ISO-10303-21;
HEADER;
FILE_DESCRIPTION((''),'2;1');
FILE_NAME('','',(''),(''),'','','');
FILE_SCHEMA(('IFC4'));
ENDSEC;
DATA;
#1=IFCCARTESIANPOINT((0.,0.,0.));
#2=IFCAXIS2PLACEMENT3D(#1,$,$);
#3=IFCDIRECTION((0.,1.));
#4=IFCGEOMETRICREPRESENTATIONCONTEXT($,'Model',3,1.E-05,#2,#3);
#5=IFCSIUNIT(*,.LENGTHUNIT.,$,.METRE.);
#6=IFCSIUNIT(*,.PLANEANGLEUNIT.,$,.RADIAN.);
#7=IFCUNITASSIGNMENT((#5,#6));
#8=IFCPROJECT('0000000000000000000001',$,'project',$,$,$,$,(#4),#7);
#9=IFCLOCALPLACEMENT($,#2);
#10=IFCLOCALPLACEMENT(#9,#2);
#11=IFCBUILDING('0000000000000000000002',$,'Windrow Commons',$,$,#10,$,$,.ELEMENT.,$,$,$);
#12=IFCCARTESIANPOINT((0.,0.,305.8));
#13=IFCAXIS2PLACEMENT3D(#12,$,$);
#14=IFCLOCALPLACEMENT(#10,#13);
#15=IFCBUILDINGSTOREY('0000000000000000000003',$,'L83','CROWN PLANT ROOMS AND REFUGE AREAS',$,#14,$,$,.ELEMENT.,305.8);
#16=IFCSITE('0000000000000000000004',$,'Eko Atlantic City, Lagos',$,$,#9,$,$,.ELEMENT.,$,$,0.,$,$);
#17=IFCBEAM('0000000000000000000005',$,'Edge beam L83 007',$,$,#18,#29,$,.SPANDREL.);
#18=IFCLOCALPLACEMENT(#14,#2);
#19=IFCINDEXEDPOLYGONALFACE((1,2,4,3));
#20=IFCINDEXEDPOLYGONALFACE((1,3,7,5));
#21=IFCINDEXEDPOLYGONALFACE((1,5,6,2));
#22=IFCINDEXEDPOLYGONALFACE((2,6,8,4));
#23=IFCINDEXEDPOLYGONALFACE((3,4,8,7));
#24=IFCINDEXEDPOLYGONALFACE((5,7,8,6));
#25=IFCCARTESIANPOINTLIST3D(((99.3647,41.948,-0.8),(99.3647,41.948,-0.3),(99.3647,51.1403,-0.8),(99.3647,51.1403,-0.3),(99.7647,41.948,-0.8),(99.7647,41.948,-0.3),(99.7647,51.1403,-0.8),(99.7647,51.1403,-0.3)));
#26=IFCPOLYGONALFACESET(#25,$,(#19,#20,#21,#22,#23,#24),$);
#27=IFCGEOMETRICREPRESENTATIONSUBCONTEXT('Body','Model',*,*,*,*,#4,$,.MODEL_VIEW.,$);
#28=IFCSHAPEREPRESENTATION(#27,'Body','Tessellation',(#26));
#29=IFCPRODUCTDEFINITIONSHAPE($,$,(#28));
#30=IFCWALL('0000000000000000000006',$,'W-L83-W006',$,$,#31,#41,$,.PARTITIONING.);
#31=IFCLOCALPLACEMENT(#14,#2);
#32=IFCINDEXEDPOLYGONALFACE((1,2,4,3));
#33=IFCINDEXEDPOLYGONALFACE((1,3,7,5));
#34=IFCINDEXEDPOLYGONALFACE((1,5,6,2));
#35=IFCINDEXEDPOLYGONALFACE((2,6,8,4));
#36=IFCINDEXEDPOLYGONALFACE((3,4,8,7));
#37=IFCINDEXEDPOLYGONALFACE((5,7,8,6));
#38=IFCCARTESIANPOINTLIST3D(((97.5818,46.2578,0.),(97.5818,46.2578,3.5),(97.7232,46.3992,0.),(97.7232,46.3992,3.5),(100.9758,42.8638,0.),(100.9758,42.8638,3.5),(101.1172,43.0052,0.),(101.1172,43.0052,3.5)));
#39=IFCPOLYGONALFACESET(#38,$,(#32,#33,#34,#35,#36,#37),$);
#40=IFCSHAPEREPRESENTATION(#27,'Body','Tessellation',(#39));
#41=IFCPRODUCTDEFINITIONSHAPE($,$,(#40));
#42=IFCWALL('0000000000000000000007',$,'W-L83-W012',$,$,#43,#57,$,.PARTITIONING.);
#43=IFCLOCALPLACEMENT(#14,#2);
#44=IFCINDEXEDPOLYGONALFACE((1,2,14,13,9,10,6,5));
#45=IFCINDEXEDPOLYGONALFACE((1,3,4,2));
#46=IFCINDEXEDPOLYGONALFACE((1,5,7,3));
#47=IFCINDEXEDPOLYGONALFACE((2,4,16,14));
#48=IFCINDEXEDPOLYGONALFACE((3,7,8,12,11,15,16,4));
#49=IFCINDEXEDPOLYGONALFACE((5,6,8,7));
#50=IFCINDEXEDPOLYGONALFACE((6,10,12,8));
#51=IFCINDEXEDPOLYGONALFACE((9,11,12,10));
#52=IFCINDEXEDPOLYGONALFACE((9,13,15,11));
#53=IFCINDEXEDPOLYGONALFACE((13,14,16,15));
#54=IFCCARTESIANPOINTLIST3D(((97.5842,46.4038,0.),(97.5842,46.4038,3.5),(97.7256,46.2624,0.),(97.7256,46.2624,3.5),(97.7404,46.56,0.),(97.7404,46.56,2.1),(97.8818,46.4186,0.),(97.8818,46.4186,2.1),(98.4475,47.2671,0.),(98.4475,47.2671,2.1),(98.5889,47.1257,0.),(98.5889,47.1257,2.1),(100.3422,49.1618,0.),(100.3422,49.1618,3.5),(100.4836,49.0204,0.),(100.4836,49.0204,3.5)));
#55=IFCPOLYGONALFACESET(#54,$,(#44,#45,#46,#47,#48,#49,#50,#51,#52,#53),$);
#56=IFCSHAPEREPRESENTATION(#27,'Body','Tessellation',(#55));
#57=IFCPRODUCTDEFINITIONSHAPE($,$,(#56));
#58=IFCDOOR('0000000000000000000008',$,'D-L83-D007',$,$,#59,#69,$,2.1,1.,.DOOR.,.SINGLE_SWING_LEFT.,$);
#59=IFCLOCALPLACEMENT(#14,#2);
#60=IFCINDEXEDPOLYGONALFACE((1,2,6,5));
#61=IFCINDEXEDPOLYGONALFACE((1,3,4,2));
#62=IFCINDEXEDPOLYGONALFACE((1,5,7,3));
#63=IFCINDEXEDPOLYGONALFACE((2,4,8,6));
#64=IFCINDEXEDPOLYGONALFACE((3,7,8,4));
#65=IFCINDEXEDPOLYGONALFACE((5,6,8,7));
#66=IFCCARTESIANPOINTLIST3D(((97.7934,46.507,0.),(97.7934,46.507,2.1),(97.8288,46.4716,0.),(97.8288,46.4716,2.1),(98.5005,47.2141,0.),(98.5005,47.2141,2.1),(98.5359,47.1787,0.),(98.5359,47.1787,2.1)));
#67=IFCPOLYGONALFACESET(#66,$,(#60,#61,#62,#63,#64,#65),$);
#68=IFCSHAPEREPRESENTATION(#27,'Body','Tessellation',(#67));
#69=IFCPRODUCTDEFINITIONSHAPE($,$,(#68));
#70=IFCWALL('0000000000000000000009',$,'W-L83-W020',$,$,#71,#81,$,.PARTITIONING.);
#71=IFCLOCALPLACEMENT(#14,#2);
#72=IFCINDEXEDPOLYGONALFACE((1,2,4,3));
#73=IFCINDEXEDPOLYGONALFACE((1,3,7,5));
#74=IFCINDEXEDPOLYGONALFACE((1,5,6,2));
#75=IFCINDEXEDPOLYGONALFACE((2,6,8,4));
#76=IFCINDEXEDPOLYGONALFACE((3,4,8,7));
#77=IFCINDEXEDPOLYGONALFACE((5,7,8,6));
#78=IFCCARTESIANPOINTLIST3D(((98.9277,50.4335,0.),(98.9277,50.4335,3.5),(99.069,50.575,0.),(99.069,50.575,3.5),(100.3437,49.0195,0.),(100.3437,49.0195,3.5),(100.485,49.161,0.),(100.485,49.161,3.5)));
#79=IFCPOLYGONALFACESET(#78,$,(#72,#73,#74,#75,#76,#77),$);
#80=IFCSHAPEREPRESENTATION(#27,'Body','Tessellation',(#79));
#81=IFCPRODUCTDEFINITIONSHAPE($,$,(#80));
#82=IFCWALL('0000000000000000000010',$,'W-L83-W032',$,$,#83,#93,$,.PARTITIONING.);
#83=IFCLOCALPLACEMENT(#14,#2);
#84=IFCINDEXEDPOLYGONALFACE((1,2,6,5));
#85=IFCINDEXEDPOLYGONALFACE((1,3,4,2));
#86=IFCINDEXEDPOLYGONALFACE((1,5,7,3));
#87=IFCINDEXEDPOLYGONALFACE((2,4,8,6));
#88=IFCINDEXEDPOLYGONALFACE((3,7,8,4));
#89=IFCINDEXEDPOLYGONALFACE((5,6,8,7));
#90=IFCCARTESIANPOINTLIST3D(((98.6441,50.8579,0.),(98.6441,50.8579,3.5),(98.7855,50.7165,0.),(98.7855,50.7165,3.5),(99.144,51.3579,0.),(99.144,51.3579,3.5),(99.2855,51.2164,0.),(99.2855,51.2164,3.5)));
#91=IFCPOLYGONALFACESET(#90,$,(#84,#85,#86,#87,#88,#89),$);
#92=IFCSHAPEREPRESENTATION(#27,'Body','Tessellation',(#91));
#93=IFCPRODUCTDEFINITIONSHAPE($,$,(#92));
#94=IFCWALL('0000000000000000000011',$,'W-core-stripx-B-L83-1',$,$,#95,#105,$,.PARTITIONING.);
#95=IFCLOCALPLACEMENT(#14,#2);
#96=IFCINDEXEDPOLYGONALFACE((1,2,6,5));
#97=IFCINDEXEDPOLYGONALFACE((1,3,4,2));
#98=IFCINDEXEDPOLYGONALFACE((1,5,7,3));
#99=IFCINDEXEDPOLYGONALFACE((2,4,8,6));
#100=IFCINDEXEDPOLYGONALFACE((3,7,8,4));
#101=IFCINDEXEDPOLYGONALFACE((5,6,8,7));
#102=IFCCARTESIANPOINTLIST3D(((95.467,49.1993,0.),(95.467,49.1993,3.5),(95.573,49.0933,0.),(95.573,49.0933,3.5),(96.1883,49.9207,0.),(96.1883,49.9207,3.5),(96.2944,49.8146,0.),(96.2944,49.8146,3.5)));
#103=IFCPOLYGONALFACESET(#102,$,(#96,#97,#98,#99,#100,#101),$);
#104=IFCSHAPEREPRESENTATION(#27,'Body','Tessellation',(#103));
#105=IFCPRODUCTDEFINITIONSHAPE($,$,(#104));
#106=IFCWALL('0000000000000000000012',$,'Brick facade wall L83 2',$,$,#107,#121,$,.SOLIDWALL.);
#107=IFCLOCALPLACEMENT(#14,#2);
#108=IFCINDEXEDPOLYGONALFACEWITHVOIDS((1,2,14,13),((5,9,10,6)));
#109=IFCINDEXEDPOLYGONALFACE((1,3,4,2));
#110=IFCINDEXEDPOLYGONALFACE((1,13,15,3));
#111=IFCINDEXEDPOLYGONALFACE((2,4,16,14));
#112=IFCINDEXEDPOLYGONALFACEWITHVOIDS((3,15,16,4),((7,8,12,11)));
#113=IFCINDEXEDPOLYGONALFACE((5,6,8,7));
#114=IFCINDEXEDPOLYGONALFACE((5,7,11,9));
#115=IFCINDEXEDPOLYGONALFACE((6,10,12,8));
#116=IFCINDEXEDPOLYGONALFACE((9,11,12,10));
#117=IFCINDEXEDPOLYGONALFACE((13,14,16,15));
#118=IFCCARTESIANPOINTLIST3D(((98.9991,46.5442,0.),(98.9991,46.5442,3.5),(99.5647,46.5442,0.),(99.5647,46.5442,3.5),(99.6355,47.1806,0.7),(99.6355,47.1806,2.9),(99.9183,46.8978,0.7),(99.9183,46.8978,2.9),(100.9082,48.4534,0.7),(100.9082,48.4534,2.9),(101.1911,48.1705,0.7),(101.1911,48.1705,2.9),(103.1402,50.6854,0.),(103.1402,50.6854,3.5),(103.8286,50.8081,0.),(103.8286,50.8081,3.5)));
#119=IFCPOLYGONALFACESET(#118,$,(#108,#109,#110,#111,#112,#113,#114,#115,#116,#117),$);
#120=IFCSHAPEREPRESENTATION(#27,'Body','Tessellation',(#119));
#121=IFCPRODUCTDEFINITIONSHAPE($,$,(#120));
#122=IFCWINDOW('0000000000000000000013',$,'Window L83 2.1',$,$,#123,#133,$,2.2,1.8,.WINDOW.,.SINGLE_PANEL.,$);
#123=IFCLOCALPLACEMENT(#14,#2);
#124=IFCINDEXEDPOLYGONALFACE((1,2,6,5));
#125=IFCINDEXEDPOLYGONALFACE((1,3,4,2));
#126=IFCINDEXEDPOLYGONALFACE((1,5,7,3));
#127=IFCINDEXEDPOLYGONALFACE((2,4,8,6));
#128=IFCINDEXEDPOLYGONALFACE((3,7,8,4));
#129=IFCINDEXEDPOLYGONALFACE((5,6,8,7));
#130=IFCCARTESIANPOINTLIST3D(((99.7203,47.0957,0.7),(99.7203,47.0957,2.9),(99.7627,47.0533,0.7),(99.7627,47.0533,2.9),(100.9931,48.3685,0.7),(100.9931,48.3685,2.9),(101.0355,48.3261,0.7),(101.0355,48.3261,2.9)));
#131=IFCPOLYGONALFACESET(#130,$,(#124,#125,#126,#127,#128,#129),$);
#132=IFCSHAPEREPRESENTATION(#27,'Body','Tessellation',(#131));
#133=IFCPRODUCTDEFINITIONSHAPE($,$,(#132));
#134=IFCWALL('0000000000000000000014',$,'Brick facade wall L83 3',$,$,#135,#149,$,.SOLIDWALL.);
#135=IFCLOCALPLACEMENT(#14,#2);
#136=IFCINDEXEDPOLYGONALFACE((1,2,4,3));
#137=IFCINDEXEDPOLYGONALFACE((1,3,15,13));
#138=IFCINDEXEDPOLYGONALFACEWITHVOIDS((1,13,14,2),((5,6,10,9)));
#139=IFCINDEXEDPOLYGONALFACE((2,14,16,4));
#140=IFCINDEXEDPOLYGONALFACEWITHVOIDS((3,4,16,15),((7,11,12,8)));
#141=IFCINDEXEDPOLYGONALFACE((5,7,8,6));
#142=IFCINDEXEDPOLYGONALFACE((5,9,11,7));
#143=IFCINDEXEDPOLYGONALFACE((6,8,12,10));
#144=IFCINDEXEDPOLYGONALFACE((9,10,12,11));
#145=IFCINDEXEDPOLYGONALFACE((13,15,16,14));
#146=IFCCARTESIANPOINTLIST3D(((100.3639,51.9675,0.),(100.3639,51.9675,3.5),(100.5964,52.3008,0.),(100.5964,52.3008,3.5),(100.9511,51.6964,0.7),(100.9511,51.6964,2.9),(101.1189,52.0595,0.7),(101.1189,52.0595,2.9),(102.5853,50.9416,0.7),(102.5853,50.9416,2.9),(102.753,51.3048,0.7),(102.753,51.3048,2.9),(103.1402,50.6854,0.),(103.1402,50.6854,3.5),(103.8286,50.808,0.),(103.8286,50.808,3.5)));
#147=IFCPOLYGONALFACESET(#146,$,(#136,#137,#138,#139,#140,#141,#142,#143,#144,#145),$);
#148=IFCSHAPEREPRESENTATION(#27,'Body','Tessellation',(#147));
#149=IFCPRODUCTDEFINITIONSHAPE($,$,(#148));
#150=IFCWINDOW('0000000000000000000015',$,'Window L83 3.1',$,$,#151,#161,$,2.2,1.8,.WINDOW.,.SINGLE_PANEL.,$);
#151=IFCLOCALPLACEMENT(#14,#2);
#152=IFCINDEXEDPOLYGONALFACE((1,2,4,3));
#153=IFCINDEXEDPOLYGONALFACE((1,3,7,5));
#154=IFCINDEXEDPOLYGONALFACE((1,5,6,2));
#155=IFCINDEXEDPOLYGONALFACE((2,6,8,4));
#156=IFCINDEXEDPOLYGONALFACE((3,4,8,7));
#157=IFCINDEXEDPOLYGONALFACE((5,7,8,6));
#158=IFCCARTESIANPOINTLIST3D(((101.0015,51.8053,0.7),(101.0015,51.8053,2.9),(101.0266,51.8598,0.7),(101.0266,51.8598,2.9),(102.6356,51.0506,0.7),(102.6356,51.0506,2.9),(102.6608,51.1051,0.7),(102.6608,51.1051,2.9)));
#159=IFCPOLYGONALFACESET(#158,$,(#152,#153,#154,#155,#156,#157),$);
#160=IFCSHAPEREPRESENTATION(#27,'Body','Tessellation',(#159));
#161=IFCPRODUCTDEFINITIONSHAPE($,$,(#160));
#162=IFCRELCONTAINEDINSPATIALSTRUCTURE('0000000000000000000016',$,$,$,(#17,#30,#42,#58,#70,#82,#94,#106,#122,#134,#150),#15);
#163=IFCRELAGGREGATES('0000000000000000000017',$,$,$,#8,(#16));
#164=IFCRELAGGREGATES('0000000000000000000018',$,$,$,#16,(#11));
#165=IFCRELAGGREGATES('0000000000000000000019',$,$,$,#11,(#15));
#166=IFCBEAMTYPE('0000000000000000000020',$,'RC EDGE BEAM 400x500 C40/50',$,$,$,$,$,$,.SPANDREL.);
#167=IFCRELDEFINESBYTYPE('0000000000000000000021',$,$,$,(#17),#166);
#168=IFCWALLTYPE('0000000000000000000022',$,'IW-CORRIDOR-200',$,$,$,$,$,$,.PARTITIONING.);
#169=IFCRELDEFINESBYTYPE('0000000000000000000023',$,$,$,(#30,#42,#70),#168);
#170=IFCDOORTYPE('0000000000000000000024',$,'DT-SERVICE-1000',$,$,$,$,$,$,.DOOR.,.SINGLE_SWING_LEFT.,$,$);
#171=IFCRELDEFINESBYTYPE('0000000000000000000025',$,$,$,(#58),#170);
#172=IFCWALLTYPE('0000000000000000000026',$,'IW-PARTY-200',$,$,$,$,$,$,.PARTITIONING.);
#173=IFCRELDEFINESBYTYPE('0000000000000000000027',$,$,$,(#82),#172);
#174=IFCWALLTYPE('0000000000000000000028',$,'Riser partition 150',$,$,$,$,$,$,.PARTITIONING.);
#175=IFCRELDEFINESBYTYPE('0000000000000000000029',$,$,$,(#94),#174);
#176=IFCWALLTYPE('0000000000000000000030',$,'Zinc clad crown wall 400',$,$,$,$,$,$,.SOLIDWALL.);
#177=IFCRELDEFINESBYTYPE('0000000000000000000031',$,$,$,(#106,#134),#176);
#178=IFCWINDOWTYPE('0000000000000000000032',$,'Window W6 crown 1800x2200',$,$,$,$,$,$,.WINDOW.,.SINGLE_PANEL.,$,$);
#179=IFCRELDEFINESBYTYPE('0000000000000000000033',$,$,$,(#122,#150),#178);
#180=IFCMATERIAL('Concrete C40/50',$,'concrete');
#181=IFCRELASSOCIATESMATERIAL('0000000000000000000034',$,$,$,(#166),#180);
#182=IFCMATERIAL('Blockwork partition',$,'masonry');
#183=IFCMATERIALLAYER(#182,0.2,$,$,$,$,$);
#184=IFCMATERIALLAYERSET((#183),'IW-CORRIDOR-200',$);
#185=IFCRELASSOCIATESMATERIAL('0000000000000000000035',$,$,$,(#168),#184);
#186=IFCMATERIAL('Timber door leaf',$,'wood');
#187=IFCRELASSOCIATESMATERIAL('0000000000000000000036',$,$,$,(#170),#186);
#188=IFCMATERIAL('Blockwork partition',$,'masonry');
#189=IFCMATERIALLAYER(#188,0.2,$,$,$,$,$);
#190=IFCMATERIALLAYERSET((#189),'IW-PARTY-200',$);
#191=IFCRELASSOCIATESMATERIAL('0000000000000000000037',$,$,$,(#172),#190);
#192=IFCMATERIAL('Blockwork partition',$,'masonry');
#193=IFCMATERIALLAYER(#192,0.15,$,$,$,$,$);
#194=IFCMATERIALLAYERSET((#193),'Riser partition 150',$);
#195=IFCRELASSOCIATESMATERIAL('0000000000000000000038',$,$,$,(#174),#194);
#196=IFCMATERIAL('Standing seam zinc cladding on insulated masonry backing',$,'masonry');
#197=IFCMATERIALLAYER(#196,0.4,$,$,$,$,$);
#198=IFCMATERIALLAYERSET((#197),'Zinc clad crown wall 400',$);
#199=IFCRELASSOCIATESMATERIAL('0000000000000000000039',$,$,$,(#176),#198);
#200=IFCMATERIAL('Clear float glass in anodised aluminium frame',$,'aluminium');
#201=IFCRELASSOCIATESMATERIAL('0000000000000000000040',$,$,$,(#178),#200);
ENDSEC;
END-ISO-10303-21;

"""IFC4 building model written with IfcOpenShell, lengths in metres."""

from ifc_helpers import new_model, si_unit, direction, frame, frame_2d, origin, origin_2d, place, context, subcontext, project, spatial, polyline, rectangle, outline, extrude, material, layer, layer_set, material_profile, profile_set, type_object, element, fill, save


model = new_model("IFC4")

# Units and contexts
model_context = context("Model", 3, precision=1e-05, world=origin(), true_north=direction((0.0, 1.0)))
body_context = subcontext(model_context, "Body", "Model", "MODEL_VIEW")
ifc_project = project(units=[si_unit("LENGTHUNIT", "METRE"), si_unit("PLANEANGLEUNIT", "RADIAN")], contexts=[model_context])

# Site, building, storey
site_placement = place(None, origin())
site = spatial("IfcSite", under=ifc_project, at=site_placement, Name="Eko Atlantic City, Lagos", CompositionType="ELEMENT", RefElevation=0.0)
building_placement = place(site_placement, origin())
building = spatial("IfcBuilding", under=site, at=building_placement, Name="Windrow Commons", CompositionType="ELEMENT")
storey_placement = place(building_placement, frame((0.0, 0.0, 305.8)))
storey = spatial("IfcBuildingStorey", under=building, at=storey_placement, Name="L83", Description="CROWN PLANT ROOMS AND REFUGE AREAS", CompositionType="ELEMENT", Elevation=305.8)

# Beam
ifc_material_1 = material(Name="Concrete C40/50", Category="concrete")
ifc_material_profile = material_profile(ifc_material_1, rectangle(XDim=0.4, YDim=0.5, at=origin_2d()))
ifc_profile_set = profile_set([ifc_material_profile], Name="Concrete C40/50")
beam_type = type_object("IfcBeamType", Name="RC EDGE BEAM 400x500 C40/50", PredefinedType="SPANDREL", material=ifc_profile_set)
beam_placement = place(storey_placement, frame((99.5647, 51.1403, -0.55), z_axis=(0.0, -1.0, 0.0), x_axis=(1.0, 0.0, 0.0)))
element("IfcBeam", 1, at=beam_placement, inside=storey, type_object=beam_type, Name="Edge beam L83 007", PredefinedType="SPANDREL", context=body_context, shape_type="SweptSolid", body=[
    extrude(rectangle(XDim=0.4, YDim=0.5, at=origin_2d()), origin(), (0.0, 0.0, 1.0), 9.1923),
])

# Wall
ifc_material_2 = material(Name="Blockwork partition", Category="masonry")
ifc_layer_1 = layer(ifc_material_2, 0.2)
ifc_layer_set_1 = layer_set([ifc_layer_1], Name="IW-CORRIDOR-200")
wall_type_1 = type_object("IfcWallType", Name="IW-CORRIDOR-200", PredefinedType="PARTITIONING", material=ifc_layer_set_1)
wall_1_placement = place(storey_placement, frame((97.6525, 46.3285, 0.0), z_axis=(0.0, 0.0, 1.0), x_axis=(0.707107, -0.707107, 0.0)))
element("IfcWall", 2, at=wall_1_placement, inside=storey, type_object=wall_type_1, Name="W-L83-W006", PredefinedType="PARTITIONING", context=body_context, shape_type="SweptSolid", body=[
    extrude(rectangle(XDim=4.7998, YDim=0.2, at=frame_2d((2.3999, 0.0))), origin(), (0.0, 0.0, 1.0), 3.5),
])

# Wall, opening, door
wall_2_placement = place(storey_placement, frame((97.6549, 46.3331, 0.0), z_axis=(0.0, 0.0, 1.0), x_axis=(0.707107, 0.707107, 0.0)))
wall_2 = element("IfcWall", 3, at=wall_2_placement, inside=storey, type_object=wall_type_1, Name="W-L83-W012", PredefinedType="PARTITIONING", context=body_context, shape_type="SweptSolid", body=[
    extrude(rectangle(XDim=3.9004, YDim=0.2, at=frame_2d((1.9502, 0.0))), origin(), (0.0, 0.0, 1.0), 3.5),
])
opening_1_placement = place(wall_2_placement, frame((0.2209, 0.0, 0.0)))
opening_1 = element("IfcOpeningElement", 4, at=opening_1_placement, cuts=wall_2, PredefinedType="OPENING", context=body_context, shape_type="SweptSolid", body=[
    extrude(rectangle(XDim=1.0, YDim=2.1, at=frame_2d((0.5, 1.05))), frame((0.0, 0.11, 0.0), z_axis=(0.0, -1.0, 0.0), x_axis=(1.0, 0.0, 0.0)), (0.0, 0.0, 1.0), 0.22),
])
ifc_material_3 = material(Name="Timber door leaf", Category="wood")
door_type = type_object("IfcDoorType", Name="DT-SERVICE-1000", OperationType="SINGLE_SWING_LEFT", PredefinedType="DOOR", material=ifc_material_3)
door_placement = place(opening_1_placement, origin())
door = element("IfcDoor", 5, at=door_placement, inside=storey, type_object=door_type, Name="D-L83-D007", OperationType="SINGLE_SWING_LEFT", OverallHeight=2.1, OverallWidth=1.0, PredefinedType="DOOR", context=body_context, shape_type="SweptSolid", body=[
    extrude(rectangle(XDim=1.0, YDim=2.1, at=frame_2d((0.5, 1.05))), frame((0.0, 0.025, 0.0), z_axis=(0.0, -1.0, 0.0), x_axis=(1.0, 0.0, 0.0)), (0.0, 0.0, 1.0), 0.05),
])
fill(opening_1, door)

# Walls
wall_3_placement = place(storey_placement, frame((98.9983, 50.5043, 0.0), z_axis=(0.0, 0.0, 1.0), x_axis=(0.707606, -0.706607, 0.0)))
element("IfcWall", 6, at=wall_3_placement, inside=storey, type_object=wall_type_1, Name="W-L83-W020", PredefinedType="PARTITIONING", context=body_context, shape_type="SweptSolid", body=[
    extrude(rectangle(XDim=2.0011, YDim=0.2, at=frame_2d((1.0006, 0.0))), origin(), (0.0, 0.0, 1.0), 3.5),
])
ifc_material_4 = material(Name="Blockwork partition", Category="masonry")
ifc_layer_2 = layer(ifc_material_4, 0.2)
ifc_layer_set_2 = layer_set([ifc_layer_2], Name="IW-PARTY-200")
wall_type_2 = type_object("IfcWallType", Name="IW-PARTY-200", PredefinedType="PARTITIONING", material=ifc_layer_set_2)
wall_4_placement = place(storey_placement, frame((98.7148, 50.7872, 0.0), z_axis=(0.0, 0.0, 1.0), x_axis=(0.707107, 0.707107, 0.0)))
element("IfcWall", 7, at=wall_4_placement, inside=storey, type_object=wall_type_2, Name="W-L83-W032", PredefinedType="PARTITIONING", context=body_context, shape_type="SweptSolid", body=[
    extrude(rectangle(XDim=0.7071, YDim=0.2, at=frame_2d((0.3535, 0.0))), origin(), (0.0, 0.0, 1.0), 3.5),
])
ifc_material_5 = material(Name="Blockwork partition", Category="masonry")
ifc_layer_3 = layer(ifc_material_5, 0.15)
ifc_layer_set_3 = layer_set([ifc_layer_3], Name="Riser partition 150")
wall_type_3 = type_object("IfcWallType", Name="Riser partition 150", PredefinedType="PARTITIONING", material=ifc_layer_set_3)
wall_5_placement = place(storey_placement, frame((95.52, 49.1463, 0.0), z_axis=(0.0, 0.0, 1.0), x_axis=(0.707107, 0.707107, 0.0)))
element("IfcWall", 8, at=wall_5_placement, inside=storey, type_object=wall_type_3, Name="W-core-stripx-B-L83-1", PredefinedType="PARTITIONING", context=body_context, shape_type="SweptSolid", body=[
    extrude(outline(polyline([(0.0, 0.0), (1.0201, 0.0), (1.0201, 3.5), (0.0, 3.5), (0.0, 0.0)])), frame((0.0, 0.075, 0.0), z_axis=(0.0, -1.0, 0.0), x_axis=(1.0, 0.0, 0.0)), (0.0, 0.0, 1.0), 0.15),
])

# Walls, openings, windows
ifc_material_6 = material(Name="Standing seam zinc cladding on insulated masonry backing", Category="masonry")
ifc_layer_4 = layer(ifc_material_6, 0.4)
ifc_layer_set_4 = layer_set([ifc_layer_4], Name="Zinc clad crown wall 400")
wall_type_4 = type_object("IfcWallType", Name="Zinc clad crown wall 400", PredefinedType="SOLIDWALL", material=ifc_layer_set_4)
wall_6_placement = place(storey_placement, frame((99.2819, 46.5442, 0.0), z_axis=(0.0, 0.0, 1.0), x_axis=(0.707107, 0.707107, 0.0)))
wall_6 = element("IfcWall", 9, at=wall_6_placement, inside=storey, type_object=wall_type_4, Name="Brick facade wall L83 2", PredefinedType="SOLIDWALL", context=body_context, shape_type="SweptSolid", body=[
    extrude(outline(polyline([(0.2, -0.2), (6.23, -0.2), (5.6565, 0.2), (-0.2, 0.2), (0.2, -0.2)])), origin(), (0.0, 0.0, 1.0), 3.5),
])
opening_2_placement = place(wall_6_placement, frame((0.7, 0.0, 0.7)))
opening_2 = element("IfcOpeningElement", 10, at=opening_2_placement, cuts=wall_6, PredefinedType="OPENING", context=body_context, shape_type="SweptSolid", body=[
    extrude(rectangle(XDim=1.8, YDim=2.2, at=frame_2d((0.9, 1.1))), frame((0.0, 0.21, 0.0), z_axis=(0.0, -1.0, 0.0), x_axis=(1.0, 0.0, 0.0)), (0.0, 0.0, 1.0), 0.42),
])
ifc_material_7 = material(Name="Clear float glass in anodised aluminium frame", Category="aluminium")
window_type = type_object("IfcWindowType", Name="Window W6 crown 1800x2200", PartitioningType="SINGLE_PANEL", PredefinedType="WINDOW", material=ifc_material_7)
window_1_placement = place(opening_2_placement, origin())
window_1 = element("IfcWindow", 11, at=window_1_placement, inside=storey, type_object=window_type, Name="Window L83 2.1", OverallHeight=2.2, OverallWidth=1.8, PartitioningType="SINGLE_PANEL", PredefinedType="WINDOW", context=body_context, shape_type="SweptSolid", body=[
    extrude(rectangle(XDim=1.8, YDim=2.2, at=frame_2d((0.9, 1.1))), frame((0.0, 0.08, 0.0), z_axis=(0.0, -1.0, 0.0), x_axis=(1.0, 0.0, 0.0)), (0.0, 0.0, 1.0), 0.06),
])
fill(opening_2, window_1)
wall_7_placement = place(storey_placement, frame((103.4844, 50.7467, 0.0), z_axis=(0.0, 0.0, 1.0), x_axis=(-0.907856, 0.419282, 0.0)))
wall_7 = element("IfcWall", 12, at=wall_7_placement, inside=storey, type_object=wall_type_4, Name="Brick facade wall L83 3", PredefinedType="SOLIDWALL", context=body_context, shape_type="SweptSolid", body=[
    extrude(outline(polyline([(-0.2868, -0.2), (3.2735, -0.2), (3.3448, 0.2), (0.2868, 0.2), (-0.2868, -0.2)])), origin(), (0.0, 0.0, 1.0), 3.5),
])
opening_3_placement = place(wall_7_placement, frame((0.898, 0.0, 0.7)))
opening_3 = element("IfcOpeningElement", 13, at=opening_3_placement, cuts=wall_7, PredefinedType="OPENING", context=body_context, shape_type="SweptSolid", body=[
    extrude(rectangle(XDim=1.8, YDim=2.2, at=frame_2d((0.9, 1.1))), frame((0.0, 0.21, 0.0), z_axis=(0.0, -1.0, 0.0), x_axis=(1.0, 0.0, 0.0)), (0.0, 0.0, 1.0), 0.42),
])
window_2_placement = place(opening_3_placement, origin())
window_2 = element("IfcWindow", 14, at=window_2_placement, inside=storey, type_object=window_type, Name="Window L83 3.1", OverallHeight=2.2, OverallWidth=1.8, PartitioningType="SINGLE_PANEL", PredefinedType="WINDOW", context=body_context, shape_type="SweptSolid", body=[
    extrude(rectangle(XDim=1.8, YDim=2.2, at=frame_2d((0.9, 1.1))), frame((0.0, 0.08, 0.0), z_axis=(0.0, -1.0, 0.0), x_axis=(1.0, 0.0, 0.0)), (0.0, 0.0, 1.0), 0.06),
])
fill(opening_3, window_2)

save(model, "model.ifc")
